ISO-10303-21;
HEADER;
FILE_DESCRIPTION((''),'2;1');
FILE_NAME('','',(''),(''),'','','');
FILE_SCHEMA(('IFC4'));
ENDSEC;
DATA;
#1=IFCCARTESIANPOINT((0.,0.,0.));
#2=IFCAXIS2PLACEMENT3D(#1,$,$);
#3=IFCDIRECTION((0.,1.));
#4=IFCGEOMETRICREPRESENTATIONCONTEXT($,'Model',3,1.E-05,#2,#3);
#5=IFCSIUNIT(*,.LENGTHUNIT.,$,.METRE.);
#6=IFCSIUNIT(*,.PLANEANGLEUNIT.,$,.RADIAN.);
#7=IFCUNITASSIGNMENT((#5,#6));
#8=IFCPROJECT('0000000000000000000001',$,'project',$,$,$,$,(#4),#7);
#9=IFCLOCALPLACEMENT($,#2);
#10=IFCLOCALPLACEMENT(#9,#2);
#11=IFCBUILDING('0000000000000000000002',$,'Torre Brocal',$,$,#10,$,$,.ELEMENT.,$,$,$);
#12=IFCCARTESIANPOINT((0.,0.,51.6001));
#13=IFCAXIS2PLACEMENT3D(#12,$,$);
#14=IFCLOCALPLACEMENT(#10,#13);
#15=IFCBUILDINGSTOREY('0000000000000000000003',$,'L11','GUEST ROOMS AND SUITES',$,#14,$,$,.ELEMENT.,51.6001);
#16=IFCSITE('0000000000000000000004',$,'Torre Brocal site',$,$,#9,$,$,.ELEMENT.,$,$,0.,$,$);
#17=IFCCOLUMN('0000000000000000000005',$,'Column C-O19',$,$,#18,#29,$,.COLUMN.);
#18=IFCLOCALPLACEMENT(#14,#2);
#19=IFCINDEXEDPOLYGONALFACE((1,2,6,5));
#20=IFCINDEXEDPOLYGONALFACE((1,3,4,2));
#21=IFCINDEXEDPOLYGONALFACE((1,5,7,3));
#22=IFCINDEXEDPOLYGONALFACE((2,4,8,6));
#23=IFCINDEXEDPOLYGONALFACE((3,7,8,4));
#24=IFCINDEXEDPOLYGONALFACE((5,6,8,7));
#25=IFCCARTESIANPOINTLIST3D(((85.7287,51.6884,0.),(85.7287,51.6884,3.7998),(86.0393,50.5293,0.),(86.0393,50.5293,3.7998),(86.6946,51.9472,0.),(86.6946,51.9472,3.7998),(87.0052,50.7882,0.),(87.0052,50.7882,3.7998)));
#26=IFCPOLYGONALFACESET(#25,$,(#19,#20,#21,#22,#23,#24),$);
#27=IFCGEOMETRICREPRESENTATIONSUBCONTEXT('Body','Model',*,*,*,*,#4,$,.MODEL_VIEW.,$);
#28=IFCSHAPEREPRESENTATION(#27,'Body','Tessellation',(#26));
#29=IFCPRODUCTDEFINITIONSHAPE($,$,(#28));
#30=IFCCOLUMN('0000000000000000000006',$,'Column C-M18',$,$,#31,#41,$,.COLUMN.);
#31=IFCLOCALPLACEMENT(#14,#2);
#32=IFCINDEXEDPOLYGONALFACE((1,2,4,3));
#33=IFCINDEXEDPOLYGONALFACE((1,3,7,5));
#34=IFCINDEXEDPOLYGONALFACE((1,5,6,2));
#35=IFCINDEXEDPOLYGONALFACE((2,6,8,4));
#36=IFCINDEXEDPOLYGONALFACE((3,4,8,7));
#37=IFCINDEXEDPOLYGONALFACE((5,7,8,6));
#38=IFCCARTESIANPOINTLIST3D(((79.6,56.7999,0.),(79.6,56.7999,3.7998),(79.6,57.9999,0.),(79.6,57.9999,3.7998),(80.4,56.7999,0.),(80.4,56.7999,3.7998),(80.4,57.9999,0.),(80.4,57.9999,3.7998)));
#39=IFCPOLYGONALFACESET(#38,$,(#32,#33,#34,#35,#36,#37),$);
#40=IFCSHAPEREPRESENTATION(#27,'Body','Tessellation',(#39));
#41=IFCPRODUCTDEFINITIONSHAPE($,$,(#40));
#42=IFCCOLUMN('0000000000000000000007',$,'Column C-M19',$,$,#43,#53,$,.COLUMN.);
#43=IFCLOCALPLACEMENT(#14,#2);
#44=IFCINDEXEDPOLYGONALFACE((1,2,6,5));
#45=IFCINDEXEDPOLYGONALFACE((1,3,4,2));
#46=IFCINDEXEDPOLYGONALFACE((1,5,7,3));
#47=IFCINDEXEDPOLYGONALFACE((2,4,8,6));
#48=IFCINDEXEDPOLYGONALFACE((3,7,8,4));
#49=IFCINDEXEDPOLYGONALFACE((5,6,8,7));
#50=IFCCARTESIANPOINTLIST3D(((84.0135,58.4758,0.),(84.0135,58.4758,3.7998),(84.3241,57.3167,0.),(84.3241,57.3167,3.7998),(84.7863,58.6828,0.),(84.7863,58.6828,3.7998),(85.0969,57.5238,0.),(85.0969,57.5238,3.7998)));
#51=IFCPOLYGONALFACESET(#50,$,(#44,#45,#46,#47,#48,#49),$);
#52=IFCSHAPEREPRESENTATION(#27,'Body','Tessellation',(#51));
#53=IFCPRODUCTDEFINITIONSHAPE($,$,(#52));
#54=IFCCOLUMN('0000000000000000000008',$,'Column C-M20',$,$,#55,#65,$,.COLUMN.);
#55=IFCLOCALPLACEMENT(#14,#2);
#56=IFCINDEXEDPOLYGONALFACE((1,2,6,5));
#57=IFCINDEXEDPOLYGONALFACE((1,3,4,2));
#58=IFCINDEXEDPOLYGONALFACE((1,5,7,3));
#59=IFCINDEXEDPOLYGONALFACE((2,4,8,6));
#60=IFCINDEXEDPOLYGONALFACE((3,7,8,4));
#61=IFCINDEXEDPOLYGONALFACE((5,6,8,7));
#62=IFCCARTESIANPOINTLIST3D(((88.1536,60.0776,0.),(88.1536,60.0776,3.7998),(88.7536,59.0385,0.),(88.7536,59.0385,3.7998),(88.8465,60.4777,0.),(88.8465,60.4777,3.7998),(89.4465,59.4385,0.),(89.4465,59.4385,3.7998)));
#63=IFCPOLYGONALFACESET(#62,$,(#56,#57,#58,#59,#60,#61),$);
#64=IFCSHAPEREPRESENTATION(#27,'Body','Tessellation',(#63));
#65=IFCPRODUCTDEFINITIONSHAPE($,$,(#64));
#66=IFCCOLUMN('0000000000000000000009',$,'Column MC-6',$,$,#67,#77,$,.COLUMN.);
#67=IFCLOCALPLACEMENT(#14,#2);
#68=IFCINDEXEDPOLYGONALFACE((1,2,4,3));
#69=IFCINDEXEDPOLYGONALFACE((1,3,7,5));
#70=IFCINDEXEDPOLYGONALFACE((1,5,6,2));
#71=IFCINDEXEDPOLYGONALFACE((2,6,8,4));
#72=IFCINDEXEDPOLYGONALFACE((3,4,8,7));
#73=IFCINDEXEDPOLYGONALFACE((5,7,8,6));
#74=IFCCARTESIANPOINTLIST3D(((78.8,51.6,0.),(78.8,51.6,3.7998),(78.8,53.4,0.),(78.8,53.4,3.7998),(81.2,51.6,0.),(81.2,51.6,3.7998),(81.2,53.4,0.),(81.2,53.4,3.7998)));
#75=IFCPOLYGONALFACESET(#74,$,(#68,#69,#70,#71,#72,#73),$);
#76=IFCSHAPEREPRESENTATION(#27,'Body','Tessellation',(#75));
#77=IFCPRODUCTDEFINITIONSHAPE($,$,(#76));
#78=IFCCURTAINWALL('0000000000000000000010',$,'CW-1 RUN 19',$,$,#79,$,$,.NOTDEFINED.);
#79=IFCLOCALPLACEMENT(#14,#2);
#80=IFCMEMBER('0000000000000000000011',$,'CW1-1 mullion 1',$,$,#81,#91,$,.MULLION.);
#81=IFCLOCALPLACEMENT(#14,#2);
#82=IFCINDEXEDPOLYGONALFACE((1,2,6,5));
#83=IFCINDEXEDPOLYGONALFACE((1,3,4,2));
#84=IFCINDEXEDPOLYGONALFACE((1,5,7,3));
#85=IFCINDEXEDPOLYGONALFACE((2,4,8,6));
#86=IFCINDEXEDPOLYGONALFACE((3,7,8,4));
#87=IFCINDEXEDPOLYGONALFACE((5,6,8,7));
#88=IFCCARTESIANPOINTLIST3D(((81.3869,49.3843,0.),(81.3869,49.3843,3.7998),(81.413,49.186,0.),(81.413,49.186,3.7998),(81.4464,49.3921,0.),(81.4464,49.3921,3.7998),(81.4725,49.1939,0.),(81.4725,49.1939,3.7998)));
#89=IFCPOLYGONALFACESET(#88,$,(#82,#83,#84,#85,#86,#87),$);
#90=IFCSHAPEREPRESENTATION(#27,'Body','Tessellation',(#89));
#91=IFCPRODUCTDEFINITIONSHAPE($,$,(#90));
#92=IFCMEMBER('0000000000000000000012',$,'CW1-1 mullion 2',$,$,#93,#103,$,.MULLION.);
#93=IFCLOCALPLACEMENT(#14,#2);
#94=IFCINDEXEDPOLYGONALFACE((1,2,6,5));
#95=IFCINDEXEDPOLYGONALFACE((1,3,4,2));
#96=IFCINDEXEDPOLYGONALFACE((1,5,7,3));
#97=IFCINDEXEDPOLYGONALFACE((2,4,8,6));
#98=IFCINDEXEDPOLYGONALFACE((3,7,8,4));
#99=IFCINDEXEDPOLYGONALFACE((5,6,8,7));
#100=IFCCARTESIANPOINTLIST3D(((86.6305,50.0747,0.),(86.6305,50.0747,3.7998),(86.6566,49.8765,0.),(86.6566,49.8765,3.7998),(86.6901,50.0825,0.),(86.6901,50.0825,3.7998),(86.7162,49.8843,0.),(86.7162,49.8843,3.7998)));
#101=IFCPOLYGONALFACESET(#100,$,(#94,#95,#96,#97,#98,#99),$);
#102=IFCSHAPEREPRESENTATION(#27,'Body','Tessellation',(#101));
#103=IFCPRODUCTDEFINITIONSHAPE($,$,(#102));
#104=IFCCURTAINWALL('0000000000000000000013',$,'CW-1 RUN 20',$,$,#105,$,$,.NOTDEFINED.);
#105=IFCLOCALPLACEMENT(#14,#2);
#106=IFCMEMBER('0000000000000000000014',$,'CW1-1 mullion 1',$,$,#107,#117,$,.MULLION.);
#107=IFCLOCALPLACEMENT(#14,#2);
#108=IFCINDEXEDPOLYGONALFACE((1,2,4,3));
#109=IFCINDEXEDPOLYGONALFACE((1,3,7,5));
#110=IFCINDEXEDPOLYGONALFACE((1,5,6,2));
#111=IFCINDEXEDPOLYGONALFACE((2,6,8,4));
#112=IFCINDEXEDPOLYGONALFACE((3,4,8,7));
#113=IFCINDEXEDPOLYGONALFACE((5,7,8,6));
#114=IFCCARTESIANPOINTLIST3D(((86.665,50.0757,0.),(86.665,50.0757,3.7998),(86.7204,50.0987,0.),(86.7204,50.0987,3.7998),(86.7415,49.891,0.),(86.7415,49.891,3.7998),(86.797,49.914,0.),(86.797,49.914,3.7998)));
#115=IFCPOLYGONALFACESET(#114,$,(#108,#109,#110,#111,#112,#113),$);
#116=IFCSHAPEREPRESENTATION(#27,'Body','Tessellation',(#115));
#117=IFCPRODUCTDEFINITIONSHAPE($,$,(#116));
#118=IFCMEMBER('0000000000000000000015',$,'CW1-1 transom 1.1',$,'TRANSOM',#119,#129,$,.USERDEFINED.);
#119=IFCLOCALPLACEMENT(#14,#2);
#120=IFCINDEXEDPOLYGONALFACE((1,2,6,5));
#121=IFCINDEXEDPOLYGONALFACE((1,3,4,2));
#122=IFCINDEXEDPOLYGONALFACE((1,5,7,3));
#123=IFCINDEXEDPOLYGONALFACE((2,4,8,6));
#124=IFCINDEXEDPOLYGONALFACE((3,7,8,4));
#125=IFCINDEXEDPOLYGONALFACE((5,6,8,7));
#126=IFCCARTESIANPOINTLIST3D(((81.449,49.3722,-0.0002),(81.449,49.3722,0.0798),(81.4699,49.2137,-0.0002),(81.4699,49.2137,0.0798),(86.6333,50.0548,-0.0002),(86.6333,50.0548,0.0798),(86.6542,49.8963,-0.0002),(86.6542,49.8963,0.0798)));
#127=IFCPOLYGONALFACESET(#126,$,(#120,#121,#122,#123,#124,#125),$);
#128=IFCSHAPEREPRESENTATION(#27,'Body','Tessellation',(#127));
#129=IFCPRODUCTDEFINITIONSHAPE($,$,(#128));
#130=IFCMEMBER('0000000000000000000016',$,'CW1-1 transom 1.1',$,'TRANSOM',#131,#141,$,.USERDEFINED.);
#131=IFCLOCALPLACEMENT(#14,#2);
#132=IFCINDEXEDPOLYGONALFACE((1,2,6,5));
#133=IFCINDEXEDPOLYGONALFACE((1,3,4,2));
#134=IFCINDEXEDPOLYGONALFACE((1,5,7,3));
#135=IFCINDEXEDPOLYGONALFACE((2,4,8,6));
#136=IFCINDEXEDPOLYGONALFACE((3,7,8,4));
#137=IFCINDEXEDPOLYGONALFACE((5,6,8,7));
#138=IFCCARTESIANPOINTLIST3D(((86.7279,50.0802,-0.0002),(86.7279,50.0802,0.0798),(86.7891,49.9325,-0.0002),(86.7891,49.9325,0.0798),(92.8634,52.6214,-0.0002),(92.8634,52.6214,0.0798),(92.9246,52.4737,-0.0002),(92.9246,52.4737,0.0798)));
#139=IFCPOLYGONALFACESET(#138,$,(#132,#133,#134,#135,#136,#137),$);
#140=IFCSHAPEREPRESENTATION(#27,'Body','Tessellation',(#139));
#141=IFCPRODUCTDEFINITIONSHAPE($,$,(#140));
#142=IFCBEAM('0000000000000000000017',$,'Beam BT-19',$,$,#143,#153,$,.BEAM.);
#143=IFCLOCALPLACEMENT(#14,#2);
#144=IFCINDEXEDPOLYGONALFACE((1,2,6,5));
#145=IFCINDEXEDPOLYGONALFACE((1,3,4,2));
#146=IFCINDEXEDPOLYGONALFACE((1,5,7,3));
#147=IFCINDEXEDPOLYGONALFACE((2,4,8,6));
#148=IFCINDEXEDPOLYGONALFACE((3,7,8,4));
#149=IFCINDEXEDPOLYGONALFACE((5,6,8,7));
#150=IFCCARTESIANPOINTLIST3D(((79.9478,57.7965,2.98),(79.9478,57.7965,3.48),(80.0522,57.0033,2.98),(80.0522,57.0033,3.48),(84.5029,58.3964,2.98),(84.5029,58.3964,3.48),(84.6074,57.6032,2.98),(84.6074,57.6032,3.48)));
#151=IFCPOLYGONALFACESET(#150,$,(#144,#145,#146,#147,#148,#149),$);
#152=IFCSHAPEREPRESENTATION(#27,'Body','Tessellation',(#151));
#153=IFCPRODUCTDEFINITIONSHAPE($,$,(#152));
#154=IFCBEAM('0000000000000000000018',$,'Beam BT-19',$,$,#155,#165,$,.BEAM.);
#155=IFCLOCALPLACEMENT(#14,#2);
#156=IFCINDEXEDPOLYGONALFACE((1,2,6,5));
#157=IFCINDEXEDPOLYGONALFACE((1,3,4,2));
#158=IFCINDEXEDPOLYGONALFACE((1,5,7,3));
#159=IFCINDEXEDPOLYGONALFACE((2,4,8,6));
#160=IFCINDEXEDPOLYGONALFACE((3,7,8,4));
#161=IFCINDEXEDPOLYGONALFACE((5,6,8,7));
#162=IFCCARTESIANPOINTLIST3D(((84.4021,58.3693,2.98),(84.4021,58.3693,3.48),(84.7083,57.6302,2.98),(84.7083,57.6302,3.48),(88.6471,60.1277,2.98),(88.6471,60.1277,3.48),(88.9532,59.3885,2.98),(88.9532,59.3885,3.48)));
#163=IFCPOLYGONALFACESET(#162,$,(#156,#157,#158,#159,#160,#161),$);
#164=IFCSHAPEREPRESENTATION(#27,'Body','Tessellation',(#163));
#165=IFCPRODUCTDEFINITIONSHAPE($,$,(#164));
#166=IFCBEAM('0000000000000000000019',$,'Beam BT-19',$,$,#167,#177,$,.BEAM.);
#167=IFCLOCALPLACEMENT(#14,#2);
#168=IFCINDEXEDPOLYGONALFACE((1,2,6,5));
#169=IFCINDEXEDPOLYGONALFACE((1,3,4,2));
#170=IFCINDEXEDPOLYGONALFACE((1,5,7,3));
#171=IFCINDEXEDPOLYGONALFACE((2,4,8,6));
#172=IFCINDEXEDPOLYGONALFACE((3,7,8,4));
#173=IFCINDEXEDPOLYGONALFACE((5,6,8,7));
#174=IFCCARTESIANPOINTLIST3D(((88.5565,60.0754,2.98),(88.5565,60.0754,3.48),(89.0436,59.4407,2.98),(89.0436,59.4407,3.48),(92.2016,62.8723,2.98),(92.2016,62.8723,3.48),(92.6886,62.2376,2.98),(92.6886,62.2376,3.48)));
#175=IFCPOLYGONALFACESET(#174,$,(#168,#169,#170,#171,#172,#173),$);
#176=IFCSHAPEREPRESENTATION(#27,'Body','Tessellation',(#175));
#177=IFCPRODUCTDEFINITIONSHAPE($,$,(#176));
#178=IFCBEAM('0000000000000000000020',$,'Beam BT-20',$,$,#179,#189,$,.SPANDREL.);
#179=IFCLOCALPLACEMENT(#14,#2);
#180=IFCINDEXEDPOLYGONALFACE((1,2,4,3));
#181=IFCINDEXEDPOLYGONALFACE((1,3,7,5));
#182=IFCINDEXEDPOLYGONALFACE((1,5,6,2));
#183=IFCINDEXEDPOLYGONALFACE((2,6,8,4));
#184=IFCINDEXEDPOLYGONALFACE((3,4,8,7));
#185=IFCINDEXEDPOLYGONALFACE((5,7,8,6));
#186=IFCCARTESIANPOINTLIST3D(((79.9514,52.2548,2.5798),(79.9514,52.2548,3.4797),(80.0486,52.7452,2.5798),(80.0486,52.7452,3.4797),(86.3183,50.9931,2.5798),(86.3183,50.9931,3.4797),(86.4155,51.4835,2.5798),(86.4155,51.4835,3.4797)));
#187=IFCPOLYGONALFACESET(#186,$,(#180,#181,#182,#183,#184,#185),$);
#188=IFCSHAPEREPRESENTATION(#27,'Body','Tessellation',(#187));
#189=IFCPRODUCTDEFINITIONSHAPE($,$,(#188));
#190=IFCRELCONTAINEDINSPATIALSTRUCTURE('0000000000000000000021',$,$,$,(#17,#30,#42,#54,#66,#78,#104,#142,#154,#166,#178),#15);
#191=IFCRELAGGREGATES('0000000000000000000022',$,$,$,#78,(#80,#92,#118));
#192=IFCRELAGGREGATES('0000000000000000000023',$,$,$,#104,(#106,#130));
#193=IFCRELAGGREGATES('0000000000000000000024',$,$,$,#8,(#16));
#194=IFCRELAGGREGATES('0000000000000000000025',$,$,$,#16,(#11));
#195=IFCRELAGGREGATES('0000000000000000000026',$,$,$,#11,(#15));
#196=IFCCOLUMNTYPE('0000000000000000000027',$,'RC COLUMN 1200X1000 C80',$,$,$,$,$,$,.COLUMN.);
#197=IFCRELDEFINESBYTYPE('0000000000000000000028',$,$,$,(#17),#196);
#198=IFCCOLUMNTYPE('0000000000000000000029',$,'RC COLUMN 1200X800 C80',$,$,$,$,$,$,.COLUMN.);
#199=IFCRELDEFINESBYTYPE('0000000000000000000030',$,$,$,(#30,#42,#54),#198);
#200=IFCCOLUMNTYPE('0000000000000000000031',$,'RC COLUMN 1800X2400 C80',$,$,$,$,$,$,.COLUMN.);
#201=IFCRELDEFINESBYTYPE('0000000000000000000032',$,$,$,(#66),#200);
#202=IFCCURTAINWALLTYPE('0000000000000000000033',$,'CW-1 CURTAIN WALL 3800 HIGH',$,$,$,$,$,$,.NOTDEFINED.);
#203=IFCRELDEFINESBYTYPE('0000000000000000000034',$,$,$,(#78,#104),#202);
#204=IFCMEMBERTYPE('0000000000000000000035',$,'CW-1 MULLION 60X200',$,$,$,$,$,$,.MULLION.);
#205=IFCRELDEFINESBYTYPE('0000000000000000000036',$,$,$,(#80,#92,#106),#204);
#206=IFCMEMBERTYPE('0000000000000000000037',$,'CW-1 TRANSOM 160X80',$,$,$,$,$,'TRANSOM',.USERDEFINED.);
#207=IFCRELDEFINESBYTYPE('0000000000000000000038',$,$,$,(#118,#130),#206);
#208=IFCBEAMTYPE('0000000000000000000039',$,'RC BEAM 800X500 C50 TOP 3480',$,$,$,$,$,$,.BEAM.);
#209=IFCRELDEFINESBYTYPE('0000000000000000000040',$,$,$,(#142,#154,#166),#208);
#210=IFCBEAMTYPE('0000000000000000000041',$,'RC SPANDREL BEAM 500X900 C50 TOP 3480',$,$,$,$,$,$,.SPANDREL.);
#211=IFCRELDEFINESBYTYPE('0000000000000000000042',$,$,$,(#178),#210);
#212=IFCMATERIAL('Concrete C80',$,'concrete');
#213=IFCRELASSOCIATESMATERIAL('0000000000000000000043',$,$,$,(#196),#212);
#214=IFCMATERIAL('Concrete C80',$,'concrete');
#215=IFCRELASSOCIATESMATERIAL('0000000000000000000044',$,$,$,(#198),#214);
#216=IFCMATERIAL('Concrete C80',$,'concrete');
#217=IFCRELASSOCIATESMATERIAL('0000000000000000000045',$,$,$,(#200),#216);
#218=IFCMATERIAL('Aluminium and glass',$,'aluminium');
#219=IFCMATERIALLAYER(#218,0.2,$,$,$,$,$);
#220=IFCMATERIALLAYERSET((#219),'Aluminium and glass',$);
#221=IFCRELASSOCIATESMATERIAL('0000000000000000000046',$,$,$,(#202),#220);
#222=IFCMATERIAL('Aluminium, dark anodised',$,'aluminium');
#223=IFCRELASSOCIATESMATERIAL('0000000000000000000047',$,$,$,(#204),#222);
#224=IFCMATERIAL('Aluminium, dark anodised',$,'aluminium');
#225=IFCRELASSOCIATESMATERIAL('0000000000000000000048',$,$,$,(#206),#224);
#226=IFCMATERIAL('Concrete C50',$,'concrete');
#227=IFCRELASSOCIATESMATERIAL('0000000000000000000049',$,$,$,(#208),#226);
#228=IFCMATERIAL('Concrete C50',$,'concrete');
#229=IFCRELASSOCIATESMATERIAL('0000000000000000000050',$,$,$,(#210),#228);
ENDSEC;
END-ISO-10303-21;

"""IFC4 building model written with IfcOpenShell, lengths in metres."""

from ifc_helpers import new_model, si_unit, direction, frame, origin, origin_2d, place, context, subcontext, project, spatial, rectangle, extrude, material, layer, layer_set, material_profile, profile_set, type_object, element, aggregate, save


model = new_model("IFC4")

# Units and contexts
model_context = context("Model", 3, precision=1e-05, world=origin(), true_north=direction((0.0, 1.0)))
body_context = subcontext(model_context, "Body", "Model", "MODEL_VIEW")
ifc_project = project(units=[si_unit("LENGTHUNIT", "METRE"), si_unit("PLANEANGLEUNIT", "RADIAN")], contexts=[model_context])

# Site, building, storey
site_placement = place(None, origin())
site = spatial("IfcSite", under=ifc_project, at=site_placement, Name="Torre Brocal site", CompositionType="ELEMENT", RefElevation=0.0)
building_placement = place(site_placement, origin())
building = spatial("IfcBuilding", under=site, at=building_placement, Name="Torre Brocal", CompositionType="ELEMENT")
storey_placement = place(building_placement, frame((0.0, 0.0, 51.6001)))
storey = spatial("IfcBuildingStorey", under=building, at=storey_placement, Name="L11", Description="GUEST ROOMS AND SUITES", CompositionType="ELEMENT", Elevation=51.6001)

# Columns
ifc_material_1 = material(Name="Concrete C80", Category="concrete")
ifc_material_profile_1 = material_profile(ifc_material_1, rectangle(XDim=1.2, YDim=1.0, at=origin_2d()), Name="RC 1200X1000")
ifc_profile_set_1 = profile_set([ifc_material_profile_1], Name="Concrete C80")
column_type_1 = type_object("IfcColumnType", Name="RC COLUMN 1200X1000 C80", PredefinedType="COLUMN", material=ifc_profile_set_1)
column_1_placement = place(storey_placement, frame((86.3669, 51.2383, 0.0), z_axis=(0.0, 0.0, 1.0), x_axis=(0.258819, -0.965926, 0.0)))
element("IfcColumn", 1, at=column_1_placement, inside=storey, type_object=column_type_1, Name="Column C-O19", PredefinedType="COLUMN", context=body_context, shape_type="SweptSolid", body=[
    extrude(rectangle(XDim=1.2, YDim=1.0, at=origin_2d()), origin(), (0.0, 0.0, 1.0), 3.7998),
])
ifc_material_2 = material(Name="Concrete C80", Category="concrete")
ifc_material_profile_2 = material_profile(ifc_material_2, rectangle(XDim=1.2, YDim=0.8, at=origin_2d()), Name="RC 1200X800")
ifc_profile_set_2 = profile_set([ifc_material_profile_2], Name="Concrete C80")
column_type_2 = type_object("IfcColumnType", Name="RC COLUMN 1200X800 C80", PredefinedType="COLUMN", material=ifc_profile_set_2)
for number, where, z_axis, x_axis, name in (
    (2, (80.0, 57.3999, 0.0), (0.0, 0.0, 1.0), (0.0, -1.0, 0.0), "Column C-M18"),
    (3, (84.5552, 57.9998, 0.0), (0.0, 0.0, 1.0), (0.258819, -0.965926, 0.0), "Column C-M19"),
    (4, (88.8, 59.7581, 0.0), (0.0, 0.0, 1.0), (0.5, -0.866025, 0.0), "Column C-M20"),
):
    element("IfcColumn", number, at=place(storey_placement, frame(where, z_axis=z_axis, x_axis=x_axis)), inside=storey, type_object=column_type_2, Name=name, PredefinedType="COLUMN", context=body_context, shape_type="SweptSolid", body=[
        extrude(rectangle(XDim=1.2, YDim=0.8, at=origin_2d()), origin(), (0.0, 0.0, 1.0), 3.7998),
    ])
ifc_material_3 = material(Name="Concrete C80", Category="concrete")
ifc_material_profile_3 = material_profile(ifc_material_3, rectangle(XDim=1.8, YDim=2.3999, at=origin_2d()), Name="RC 1800X2400")
ifc_profile_set_3 = profile_set([ifc_material_profile_3], Name="Concrete C80")
column_type_3 = type_object("IfcColumnType", Name="RC COLUMN 1800X2400 C80", PredefinedType="COLUMN", material=ifc_profile_set_3)
column_2_placement = place(storey_placement, frame((80.0, 52.5, 0.0), z_axis=(0.0, 0.0, 1.0), x_axis=(0.0, -1.0, 0.0)))
element("IfcColumn", 5, at=column_2_placement, inside=storey, type_object=column_type_3, Name="Column MC-6", PredefinedType="COLUMN", context=body_context, shape_type="SweptSolid", body=[
    extrude(rectangle(XDim=1.8, YDim=2.3999, at=origin_2d()), origin(), (0.0, 0.0, 1.0), 3.7998),
])

# Curtain wall, members
ifc_material_4 = material(Name="Aluminium and glass", Category="aluminium")
ifc_layer_1 = layer(ifc_material_4, 0.2)
ifc_layer_set_1 = layer_set([ifc_layer_1], Name="Aluminium and glass")
curtain_wall_type = type_object("IfcCurtainWallType", Name="CW-1 CURTAIN WALL 3800 HIGH", PredefinedType="NOTDEFINED", material=ifc_layer_set_1)
curtain_wall_1_placement = place(storey_placement, origin())
curtain_wall_1 = element("IfcCurtainWall", 6, at=curtain_wall_1_placement, inside=storey, type_object=curtain_wall_type, Name="CW-1 RUN 19", PredefinedType="NOTDEFINED")
ifc_material_5 = material(Name="Aluminium, dark anodised", Category="aluminium")
ifc_material_profile_4 = material_profile(ifc_material_5, rectangle(XDim=0.2, YDim=0.0601, at=origin_2d()), Name="CW-1 MULLION 60X200")
ifc_profile_set_4 = profile_set([ifc_material_profile_4], Name="Aluminium, dark anodised")
member_type_1 = type_object("IfcMemberType", Name="CW-1 MULLION 60X200", PredefinedType="MULLION", material=ifc_profile_set_4)
member_1_placement = place(storey_placement, frame((81.4297, 49.2891, 0.0), z_axis=(0.0, 0.0, 1.0), x_axis=(-0.130526, 0.991445, 0.0)))
member_1 = element("IfcMember", 7, at=member_1_placement, type_object=member_type_1, Name="CW1-1 mullion 1", PredefinedType="MULLION", context=body_context, shape_type="SweptSolid", body=[
    extrude(rectangle(XDim=0.2, YDim=0.0601, at=origin_2d()), origin(), (0.0, 0.0, 1.0), 3.7998),
])
member_2_placement = place(storey_placement, frame((86.6733, 49.9795, 0.0), z_axis=(0.0, 0.0, 1.0), x_axis=(-0.130526, 0.991445, 0.0)))
member_2 = element("IfcMember", 8, at=member_2_placement, type_object=member_type_1, Name="CW1-1 mullion 2", PredefinedType="MULLION", context=body_context, shape_type="SweptSolid", body=[
    extrude(rectangle(XDim=0.2, YDim=0.0601, at=origin_2d()), origin(), (0.0, 0.0, 1.0), 3.7998),
])

# Curtain wall, member
curtain_wall_2_placement = place(storey_placement, origin())
curtain_wall_2 = element("IfcCurtainWall", 9, at=curtain_wall_2_placement, inside=storey, type_object=curtain_wall_type, Name="CW-1 RUN 20", PredefinedType="NOTDEFINED")
member_3_placement = place(storey_placement, frame((86.731, 49.9949, 0.0), z_axis=(0.0, 0.0, 1.0), x_axis=(-0.382683, 0.92388, 0.0)))
member_3 = element("IfcMember", 10, at=member_3_placement, type_object=member_type_1, Name="CW1-1 mullion 1", PredefinedType="MULLION", context=body_context, shape_type="SweptSolid", body=[
    extrude(rectangle(XDim=0.2, YDim=0.0601, at=origin_2d()), origin(), (0.0, 0.0, 1.0), 3.7998),
])

# Members
ifc_material_6 = material(Name="Aluminium, dark anodised", Category="aluminium")
ifc_material_profile_5 = material_profile(ifc_material_6, rectangle(XDim=0.1599, YDim=0.0801, at=origin_2d()), Name="CW-1 TRANSOM 160X80")
ifc_profile_set_5 = profile_set([ifc_material_profile_5], Name="Aluminium, dark anodised")
member_type_2 = type_object("IfcMemberType", Name="CW-1 TRANSOM 160X80", ElementType="TRANSOM", PredefinedType="USERDEFINED", material=ifc_profile_set_5)
member_4_placement = place(storey_placement, frame((81.4595, 49.293, 0.0398), z_axis=(0.991443, 0.130543, 0.0), x_axis=(-0.130543, 0.991443, 0.0)))
member_4 = element("IfcMember", 11, at=member_4_placement, type_object=member_type_2, Name="CW1-1 transom 1.1", ObjectType="TRANSOM", PredefinedType="USERDEFINED", context=body_context, shape_type="SweptSolid", body=[
    extrude(rectangle(XDim=0.1599, YDim=0.0801, at=origin_2d()), origin(), (0.0, 0.0, 1.0), 5.229),
])
member_5_placement = place(storey_placement, frame((86.7585, 50.0063, 0.0398), z_axis=(0.923887, 0.382665, 0.0), x_axis=(-0.382665, 0.923887, 0.0)))
member_5 = element("IfcMember", 12, at=member_5_placement, type_object=member_type_2, Name="CW1-1 transom 1.1", ObjectType="TRANSOM", PredefinedType="USERDEFINED", context=body_context, shape_type="SweptSolid", body=[
    extrude(rectangle(XDim=0.1599, YDim=0.0801, at=origin_2d()), origin(), (0.0, 0.0, 1.0), 6.6409),
])

# Beams
ifc_material_7 = material(Name="Concrete C50", Category="concrete")
ifc_material_profile_6 = material_profile(ifc_material_7, rectangle(XDim=0.8, YDim=0.5, at=origin_2d()), Name="RC 800X500")
ifc_profile_set_6 = profile_set([ifc_material_profile_6], Name="Concrete C50")
beam_type_1 = type_object("IfcBeamType", Name="RC BEAM 800X500 C50 TOP 3480", PredefinedType="BEAM", material=ifc_profile_set_6)
beam_1_placement = place(storey_placement, frame((80.0, 57.3999, 3.23), z_axis=(0.991441, 0.130559, 0.0), x_axis=(-0.130559, 0.991441, 0.0)))
element("IfcBeam", 13, at=beam_1_placement, inside=storey, type_object=beam_type_1, Name="Beam BT-19", PredefinedType="BEAM", context=body_context, shape_type="SweptSolid", body=[
    extrude(rectangle(XDim=0.8, YDim=0.5, at=origin_2d()), origin(), (0.0, 0.0, 1.0), 4.5945),
])
beam_2_placement = place(storey_placement, frame((84.5552, 57.9998, 3.23), z_axis=(0.923878, 0.382687, 0.0), x_axis=(-0.382687, 0.923878, 0.0)))
element("IfcBeam", 14, at=beam_2_placement, inside=storey, type_object=beam_type_1, Name="Beam BT-19", PredefinedType="BEAM", context=body_context, shape_type="SweptSolid", body=[
    extrude(rectangle(XDim=0.8, YDim=0.5, at=origin_2d()), origin(), (0.0, 0.0, 1.0), 4.5947),
])
beam_3_placement = place(storey_placement, frame((88.8, 59.7581, 3.23), z_axis=(0.793358, 0.608755, 0.0), x_axis=(-0.608755, 0.793358, 0.0)))
element("IfcBeam", 15, at=beam_3_placement, inside=storey, type_object=beam_type_1, Name="Beam BT-19", PredefinedType="BEAM", context=body_context, shape_type="SweptSolid", body=[
    extrude(rectangle(XDim=0.8, YDim=0.5, at=origin_2d()), origin(), (0.0, 0.0, 1.0), 4.5945),
])
ifc_material_8 = material(Name="Concrete C50", Category="concrete")
ifc_material_profile_7 = material_profile(ifc_material_8, rectangle(XDim=0.5, YDim=0.8999, at=origin_2d()), Name="RC 500X900")
ifc_profile_set_7 = profile_set([ifc_material_profile_7], Name="Concrete C50")
beam_type_2 = type_object("IfcBeamType", Name="RC SPANDREL BEAM 500X900 C50 TOP 3480", PredefinedType="SPANDREL", material=ifc_profile_set_7)
beam_4_placement = place(storey_placement, frame((80.0, 52.5, 3.0298), z_axis=(0.980925, -0.194387, 0.0), x_axis=(0.194387, 0.980925, 0.0)))
element("IfcBeam", 16, at=beam_4_placement, inside=storey, type_object=beam_type_2, Name="Beam BT-20", PredefinedType="SPANDREL", context=body_context, shape_type="SweptSolid", body=[
    extrude(rectangle(XDim=0.5, YDim=0.8999, at=origin_2d()), origin(), (0.0, 0.0, 1.0), 6.4907),
])

aggregate(curtain_wall_1, [member_1, member_2, member_4])
aggregate(curtain_wall_2, [member_3, member_5])

save(model, "model.ifc")
